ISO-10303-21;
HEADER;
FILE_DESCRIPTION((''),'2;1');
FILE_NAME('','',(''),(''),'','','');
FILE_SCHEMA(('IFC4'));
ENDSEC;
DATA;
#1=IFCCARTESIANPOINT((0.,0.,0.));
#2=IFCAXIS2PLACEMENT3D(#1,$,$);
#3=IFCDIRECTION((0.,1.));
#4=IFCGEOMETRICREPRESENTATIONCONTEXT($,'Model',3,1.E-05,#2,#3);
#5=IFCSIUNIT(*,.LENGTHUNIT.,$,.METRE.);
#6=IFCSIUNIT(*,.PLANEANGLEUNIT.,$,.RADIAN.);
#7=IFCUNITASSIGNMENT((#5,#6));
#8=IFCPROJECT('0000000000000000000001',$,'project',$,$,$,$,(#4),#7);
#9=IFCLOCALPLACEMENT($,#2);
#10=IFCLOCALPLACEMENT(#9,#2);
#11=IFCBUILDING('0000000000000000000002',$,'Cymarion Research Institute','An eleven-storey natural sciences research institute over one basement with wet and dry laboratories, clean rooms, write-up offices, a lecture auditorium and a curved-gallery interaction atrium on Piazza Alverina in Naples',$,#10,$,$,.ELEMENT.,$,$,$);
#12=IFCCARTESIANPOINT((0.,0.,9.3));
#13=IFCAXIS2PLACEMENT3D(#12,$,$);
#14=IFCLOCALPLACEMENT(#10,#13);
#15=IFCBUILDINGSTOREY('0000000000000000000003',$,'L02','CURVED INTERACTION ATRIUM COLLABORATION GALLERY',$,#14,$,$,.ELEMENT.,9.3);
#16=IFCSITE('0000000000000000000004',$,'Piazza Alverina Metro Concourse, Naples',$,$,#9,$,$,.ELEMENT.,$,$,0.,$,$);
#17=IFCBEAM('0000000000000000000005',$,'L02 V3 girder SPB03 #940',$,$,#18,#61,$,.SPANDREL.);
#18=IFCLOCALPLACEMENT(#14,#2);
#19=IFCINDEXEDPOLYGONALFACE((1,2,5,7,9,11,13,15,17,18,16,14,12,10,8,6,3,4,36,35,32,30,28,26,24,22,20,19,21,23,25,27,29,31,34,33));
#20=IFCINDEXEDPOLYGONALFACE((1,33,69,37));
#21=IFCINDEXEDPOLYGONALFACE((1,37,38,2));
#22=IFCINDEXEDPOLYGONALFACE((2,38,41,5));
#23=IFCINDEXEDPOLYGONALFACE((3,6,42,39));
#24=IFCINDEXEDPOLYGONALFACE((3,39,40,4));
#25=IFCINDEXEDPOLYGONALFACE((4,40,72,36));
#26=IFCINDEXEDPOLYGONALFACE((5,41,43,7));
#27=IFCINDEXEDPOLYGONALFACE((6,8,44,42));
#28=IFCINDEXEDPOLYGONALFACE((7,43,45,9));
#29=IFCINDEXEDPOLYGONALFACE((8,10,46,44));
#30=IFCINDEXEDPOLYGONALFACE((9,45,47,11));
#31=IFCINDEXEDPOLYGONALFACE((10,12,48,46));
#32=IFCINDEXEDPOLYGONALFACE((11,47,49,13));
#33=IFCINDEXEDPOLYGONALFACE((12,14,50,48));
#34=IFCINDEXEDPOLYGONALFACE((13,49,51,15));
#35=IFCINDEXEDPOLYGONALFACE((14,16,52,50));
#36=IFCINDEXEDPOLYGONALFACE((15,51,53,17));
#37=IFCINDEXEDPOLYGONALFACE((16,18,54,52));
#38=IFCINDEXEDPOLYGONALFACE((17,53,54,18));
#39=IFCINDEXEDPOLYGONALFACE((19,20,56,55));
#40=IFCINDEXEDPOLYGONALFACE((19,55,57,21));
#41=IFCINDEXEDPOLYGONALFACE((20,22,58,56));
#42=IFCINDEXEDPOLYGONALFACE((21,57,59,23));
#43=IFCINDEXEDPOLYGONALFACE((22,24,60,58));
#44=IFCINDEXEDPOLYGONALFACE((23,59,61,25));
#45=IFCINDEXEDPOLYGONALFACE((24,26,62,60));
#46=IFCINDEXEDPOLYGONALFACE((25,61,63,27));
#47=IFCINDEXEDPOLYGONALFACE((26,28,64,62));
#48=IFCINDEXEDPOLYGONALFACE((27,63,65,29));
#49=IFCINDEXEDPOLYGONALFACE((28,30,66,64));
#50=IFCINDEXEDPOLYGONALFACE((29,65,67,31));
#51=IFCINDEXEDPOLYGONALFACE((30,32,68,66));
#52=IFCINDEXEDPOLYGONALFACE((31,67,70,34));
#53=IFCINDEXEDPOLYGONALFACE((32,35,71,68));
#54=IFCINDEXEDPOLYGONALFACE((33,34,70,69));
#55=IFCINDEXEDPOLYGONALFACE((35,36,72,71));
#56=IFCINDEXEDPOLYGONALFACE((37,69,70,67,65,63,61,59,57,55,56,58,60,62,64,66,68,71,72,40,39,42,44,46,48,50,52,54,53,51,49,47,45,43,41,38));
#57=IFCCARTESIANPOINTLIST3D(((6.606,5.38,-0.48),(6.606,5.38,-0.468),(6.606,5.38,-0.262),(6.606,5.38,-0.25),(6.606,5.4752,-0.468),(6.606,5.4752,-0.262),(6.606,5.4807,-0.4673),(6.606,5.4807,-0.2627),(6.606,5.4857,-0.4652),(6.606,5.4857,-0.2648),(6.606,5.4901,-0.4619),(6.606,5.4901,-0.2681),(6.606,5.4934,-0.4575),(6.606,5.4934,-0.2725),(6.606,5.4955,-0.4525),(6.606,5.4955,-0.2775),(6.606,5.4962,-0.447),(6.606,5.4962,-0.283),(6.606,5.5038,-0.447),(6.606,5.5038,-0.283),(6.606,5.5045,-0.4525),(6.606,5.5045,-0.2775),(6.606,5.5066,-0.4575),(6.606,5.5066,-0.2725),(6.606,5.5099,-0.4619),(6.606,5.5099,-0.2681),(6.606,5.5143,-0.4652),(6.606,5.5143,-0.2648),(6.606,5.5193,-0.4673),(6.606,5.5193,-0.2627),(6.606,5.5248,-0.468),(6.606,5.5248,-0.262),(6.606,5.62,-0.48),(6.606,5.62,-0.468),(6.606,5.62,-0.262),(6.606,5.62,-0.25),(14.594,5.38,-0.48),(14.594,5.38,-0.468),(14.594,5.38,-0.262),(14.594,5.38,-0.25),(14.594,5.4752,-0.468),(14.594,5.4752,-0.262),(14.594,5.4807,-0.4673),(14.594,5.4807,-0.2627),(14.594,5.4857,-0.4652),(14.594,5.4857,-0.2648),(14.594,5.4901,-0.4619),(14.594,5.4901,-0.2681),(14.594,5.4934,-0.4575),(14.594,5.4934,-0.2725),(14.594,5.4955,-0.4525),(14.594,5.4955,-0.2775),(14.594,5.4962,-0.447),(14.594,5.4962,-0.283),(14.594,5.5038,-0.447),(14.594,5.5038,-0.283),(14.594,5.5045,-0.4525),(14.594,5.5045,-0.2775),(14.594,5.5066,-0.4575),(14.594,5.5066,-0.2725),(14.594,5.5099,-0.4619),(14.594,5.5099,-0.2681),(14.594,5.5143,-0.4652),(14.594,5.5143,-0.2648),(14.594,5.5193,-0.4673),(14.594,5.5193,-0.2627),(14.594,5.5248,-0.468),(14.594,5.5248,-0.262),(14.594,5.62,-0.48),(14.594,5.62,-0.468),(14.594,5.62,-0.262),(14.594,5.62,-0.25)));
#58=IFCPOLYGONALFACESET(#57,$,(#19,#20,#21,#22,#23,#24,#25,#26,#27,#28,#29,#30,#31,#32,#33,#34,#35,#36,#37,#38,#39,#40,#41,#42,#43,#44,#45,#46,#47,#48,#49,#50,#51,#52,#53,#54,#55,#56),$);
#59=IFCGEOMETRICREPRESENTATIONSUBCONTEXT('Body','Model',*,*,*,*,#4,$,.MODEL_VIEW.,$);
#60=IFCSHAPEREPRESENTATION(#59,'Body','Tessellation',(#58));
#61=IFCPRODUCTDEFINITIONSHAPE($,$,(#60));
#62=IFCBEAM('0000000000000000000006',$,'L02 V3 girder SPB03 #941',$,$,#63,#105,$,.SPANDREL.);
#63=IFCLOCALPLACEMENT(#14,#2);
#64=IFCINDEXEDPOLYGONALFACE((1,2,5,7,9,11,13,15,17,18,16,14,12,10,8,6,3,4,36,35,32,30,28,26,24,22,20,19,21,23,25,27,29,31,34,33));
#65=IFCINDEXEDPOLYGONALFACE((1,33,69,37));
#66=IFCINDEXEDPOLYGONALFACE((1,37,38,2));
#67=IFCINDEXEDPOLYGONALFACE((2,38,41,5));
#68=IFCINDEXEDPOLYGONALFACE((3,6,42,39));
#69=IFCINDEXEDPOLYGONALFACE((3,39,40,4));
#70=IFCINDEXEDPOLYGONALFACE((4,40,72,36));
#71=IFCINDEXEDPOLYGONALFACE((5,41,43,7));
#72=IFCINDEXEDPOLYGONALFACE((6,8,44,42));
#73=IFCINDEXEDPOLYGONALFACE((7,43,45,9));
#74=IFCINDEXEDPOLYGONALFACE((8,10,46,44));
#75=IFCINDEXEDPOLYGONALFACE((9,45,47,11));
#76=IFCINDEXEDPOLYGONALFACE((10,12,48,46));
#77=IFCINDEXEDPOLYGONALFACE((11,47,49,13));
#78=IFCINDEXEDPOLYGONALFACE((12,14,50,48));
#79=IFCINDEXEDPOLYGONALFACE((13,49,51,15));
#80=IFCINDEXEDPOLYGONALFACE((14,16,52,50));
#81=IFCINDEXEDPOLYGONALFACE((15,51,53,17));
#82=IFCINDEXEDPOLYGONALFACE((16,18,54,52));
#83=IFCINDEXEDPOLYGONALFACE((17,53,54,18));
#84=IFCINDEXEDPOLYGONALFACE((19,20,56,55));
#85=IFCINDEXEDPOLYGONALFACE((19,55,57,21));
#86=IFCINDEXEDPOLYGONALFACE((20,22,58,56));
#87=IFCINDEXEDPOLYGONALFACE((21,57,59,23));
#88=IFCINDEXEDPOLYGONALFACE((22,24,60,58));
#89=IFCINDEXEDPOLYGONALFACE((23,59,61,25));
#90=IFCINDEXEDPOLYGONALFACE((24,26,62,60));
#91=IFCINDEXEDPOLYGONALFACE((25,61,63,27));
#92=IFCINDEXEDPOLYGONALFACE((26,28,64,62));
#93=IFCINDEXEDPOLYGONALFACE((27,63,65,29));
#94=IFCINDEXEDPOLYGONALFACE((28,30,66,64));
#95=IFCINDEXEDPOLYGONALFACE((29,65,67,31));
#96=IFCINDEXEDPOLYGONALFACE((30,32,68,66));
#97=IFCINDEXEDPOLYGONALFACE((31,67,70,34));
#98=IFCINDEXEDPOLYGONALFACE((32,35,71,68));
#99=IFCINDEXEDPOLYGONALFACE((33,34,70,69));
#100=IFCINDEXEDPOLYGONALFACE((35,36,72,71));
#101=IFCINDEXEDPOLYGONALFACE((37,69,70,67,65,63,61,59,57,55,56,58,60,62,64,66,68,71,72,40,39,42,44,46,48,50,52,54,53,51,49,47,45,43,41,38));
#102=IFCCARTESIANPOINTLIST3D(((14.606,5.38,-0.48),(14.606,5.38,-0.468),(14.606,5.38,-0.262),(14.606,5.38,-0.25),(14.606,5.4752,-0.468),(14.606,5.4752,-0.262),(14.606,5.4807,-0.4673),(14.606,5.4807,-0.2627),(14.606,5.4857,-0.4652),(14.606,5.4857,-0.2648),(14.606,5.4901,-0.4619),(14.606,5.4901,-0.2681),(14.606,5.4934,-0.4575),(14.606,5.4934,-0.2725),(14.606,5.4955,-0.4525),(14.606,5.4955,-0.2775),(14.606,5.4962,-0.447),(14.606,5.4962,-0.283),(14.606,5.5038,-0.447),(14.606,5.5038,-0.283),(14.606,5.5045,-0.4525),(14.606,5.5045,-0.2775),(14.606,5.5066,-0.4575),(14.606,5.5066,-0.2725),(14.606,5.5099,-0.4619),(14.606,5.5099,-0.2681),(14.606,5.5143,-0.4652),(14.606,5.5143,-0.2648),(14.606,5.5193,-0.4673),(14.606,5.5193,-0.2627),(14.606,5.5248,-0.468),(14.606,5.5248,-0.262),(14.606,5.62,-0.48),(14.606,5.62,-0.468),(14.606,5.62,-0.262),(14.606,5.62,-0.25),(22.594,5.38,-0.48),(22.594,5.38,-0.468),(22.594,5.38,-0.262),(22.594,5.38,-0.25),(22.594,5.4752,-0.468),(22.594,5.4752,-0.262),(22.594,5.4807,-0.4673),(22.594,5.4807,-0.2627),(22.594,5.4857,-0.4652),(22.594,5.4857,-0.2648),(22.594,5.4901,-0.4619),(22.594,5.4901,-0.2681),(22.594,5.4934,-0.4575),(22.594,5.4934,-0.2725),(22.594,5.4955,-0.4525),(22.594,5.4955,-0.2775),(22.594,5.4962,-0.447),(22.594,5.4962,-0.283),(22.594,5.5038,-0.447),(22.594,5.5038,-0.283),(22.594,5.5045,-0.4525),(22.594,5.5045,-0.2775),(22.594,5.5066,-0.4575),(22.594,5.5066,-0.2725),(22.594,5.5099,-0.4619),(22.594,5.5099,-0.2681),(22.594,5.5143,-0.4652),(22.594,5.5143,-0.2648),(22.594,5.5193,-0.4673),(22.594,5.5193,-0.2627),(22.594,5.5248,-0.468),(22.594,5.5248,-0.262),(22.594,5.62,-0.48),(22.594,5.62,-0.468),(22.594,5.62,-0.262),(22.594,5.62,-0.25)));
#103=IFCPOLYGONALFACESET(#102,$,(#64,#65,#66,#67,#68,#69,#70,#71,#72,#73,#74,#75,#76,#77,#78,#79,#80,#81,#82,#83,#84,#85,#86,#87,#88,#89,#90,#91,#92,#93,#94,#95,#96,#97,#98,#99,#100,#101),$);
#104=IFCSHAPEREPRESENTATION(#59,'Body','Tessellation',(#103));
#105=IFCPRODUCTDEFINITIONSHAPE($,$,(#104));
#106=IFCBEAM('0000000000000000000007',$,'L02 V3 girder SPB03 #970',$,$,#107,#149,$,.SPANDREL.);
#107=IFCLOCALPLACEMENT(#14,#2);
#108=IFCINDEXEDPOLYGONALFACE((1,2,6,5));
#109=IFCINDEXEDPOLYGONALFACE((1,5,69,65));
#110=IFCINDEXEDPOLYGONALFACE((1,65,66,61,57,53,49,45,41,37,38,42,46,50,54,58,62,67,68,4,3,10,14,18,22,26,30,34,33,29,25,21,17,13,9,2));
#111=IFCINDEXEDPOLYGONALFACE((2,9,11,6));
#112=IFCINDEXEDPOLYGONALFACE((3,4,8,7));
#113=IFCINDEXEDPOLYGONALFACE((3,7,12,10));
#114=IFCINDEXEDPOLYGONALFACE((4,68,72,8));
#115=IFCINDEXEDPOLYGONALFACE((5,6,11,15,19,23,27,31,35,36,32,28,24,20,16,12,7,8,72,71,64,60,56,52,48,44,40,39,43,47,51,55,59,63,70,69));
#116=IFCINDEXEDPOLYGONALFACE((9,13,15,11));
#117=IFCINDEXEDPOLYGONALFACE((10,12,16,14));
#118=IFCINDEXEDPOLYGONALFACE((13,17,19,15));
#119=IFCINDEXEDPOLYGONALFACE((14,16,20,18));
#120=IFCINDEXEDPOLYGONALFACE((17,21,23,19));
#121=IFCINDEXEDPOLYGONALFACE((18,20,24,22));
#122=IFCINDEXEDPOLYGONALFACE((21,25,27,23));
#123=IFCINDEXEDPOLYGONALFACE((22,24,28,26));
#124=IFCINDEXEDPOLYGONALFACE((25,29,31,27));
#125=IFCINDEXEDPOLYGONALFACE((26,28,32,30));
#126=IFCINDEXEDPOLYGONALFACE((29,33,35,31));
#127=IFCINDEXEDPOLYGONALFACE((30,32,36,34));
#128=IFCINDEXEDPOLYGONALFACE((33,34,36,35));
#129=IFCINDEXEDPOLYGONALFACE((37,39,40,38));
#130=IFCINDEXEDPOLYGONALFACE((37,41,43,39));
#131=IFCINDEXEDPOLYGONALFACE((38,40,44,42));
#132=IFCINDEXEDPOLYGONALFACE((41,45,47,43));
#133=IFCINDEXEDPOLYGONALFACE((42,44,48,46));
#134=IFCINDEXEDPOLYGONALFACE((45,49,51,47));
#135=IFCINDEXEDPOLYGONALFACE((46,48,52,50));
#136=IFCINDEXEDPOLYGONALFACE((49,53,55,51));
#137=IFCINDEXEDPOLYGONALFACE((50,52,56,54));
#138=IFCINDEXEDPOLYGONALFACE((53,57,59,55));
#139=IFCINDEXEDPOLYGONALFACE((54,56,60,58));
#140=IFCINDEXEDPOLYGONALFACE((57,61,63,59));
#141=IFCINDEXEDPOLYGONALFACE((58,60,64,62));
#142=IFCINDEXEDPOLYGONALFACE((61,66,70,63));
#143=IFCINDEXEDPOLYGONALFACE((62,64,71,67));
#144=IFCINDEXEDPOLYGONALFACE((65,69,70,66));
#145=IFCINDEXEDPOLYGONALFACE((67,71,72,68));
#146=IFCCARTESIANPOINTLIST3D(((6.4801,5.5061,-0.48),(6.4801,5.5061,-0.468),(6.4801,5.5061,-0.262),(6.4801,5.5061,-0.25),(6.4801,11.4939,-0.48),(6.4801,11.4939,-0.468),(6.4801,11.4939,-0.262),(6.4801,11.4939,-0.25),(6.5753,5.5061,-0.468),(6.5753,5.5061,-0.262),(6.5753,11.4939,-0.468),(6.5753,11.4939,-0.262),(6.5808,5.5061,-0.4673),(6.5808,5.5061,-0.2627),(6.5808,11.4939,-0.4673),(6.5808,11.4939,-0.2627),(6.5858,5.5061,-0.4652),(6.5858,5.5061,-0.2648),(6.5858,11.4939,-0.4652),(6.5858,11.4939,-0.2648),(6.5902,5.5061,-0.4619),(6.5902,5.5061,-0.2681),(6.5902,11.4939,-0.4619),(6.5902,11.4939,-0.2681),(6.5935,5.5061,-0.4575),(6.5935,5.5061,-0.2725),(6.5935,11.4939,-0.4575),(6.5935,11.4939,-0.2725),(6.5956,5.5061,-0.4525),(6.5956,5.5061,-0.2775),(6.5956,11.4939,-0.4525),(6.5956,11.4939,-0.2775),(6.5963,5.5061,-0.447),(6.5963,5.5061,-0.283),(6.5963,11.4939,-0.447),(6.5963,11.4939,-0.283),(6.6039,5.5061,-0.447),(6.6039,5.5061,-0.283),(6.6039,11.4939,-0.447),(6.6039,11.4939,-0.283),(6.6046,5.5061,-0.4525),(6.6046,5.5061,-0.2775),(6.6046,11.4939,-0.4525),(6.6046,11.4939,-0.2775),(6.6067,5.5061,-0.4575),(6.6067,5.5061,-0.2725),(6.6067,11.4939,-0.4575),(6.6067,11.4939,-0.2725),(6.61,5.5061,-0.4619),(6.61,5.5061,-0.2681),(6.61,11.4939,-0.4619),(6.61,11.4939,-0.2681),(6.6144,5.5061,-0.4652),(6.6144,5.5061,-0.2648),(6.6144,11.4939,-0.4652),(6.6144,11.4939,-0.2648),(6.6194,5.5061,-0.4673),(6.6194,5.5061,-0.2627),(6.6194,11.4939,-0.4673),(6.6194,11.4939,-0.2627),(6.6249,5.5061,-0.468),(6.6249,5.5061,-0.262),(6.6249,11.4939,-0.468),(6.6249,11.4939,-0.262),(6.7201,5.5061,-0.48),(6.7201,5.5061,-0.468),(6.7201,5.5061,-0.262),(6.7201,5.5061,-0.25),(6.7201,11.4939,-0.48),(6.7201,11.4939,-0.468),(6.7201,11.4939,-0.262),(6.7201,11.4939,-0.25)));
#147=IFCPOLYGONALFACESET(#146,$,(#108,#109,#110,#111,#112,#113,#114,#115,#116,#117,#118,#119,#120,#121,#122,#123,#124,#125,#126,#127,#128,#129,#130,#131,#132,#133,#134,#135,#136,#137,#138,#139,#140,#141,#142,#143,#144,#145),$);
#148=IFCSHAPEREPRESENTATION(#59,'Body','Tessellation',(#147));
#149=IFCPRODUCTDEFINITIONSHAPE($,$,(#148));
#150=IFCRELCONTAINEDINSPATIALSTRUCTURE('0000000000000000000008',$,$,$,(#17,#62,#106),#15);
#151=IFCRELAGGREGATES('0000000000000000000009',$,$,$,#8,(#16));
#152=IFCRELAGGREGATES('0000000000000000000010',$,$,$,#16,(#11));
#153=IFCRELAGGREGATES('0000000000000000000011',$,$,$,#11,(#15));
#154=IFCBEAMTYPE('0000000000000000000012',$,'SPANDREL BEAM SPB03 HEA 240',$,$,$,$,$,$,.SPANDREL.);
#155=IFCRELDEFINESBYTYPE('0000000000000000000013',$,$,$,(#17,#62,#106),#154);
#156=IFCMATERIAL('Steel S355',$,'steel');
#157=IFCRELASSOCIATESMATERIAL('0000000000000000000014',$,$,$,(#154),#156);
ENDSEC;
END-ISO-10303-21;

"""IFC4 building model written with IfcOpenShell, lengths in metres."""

from ifc_helpers import new_model, si_unit, direction, frame, origin, origin_2d, place, context, subcontext, project, spatial, i_section, extrude, material, material_profile, profile_set, type_object, element, save


model = new_model("IFC4")

# Units and contexts
model_context = context("Model", 3, precision=1e-05, world=origin(), true_north=direction((0.0, 1.0)))
body_context = subcontext(model_context, "Body", "Model", "MODEL_VIEW")
ifc_project = project(units=[si_unit("LENGTHUNIT", "METRE"), si_unit("PLANEANGLEUNIT", "RADIAN")], contexts=[model_context])

# Site, building, storey
site_placement = place(None, origin())
site = spatial("IfcSite", under=ifc_project, at=site_placement, Name="Piazza Alverina Metro Concourse, Naples", CompositionType="ELEMENT", RefElevation=0.0)
building_placement = place(site_placement, origin())
building = spatial("IfcBuilding", under=site, at=building_placement, Name="Cymarion Research Institute", Description="An eleven-storey natural sciences research institute over one basement with wet and dry laboratories, clean rooms, write-up offices, a lecture auditorium and a curved-gallery interaction atrium on Piazza Alverina in Naples", CompositionType="ELEMENT")
storey_placement = place(building_placement, frame((0.0, 0.0, 9.3)))
storey = spatial("IfcBuildingStorey", under=building, at=storey_placement, Name="L02", Description="CURVED INTERACTION ATRIUM COLLABORATION GALLERY", CompositionType="ELEMENT", Elevation=9.3)

# Shared definitions
ifc_material_1 = material(Name="Steel S355", Category="steel")

# Beams
ifc_material_profile_1 = material_profile(ifc_material_1, i_section(OverallWidth=0.24, OverallDepth=0.23, WebThickness=0.0076, FlangeThickness=0.012, FilletRadius=0.021, at=origin_2d()), Name="HEA 240")
ifc_profile_set_1 = profile_set([ifc_material_profile_1], Name="Steel S355")
beam_type_1 = type_object("IfcBeamType", Name="SPANDREL BEAM SPB03 HEA 240", PredefinedType="SPANDREL", material=ifc_profile_set_1)
for number, where, z_axis, x_axis, name in (
    (1, (6.606, 5.5, -0.365), (1.0, 0.0, 0.0), (0.0, 1.0, 0.0), "L02 V3 girder SPB03 #940"),
    (2, (14.606, 5.5, -0.365), (1.0, 0.0, 0.0), (0.0, 1.0, 0.0), "L02 V3 girder SPB03 #941"),
):
    element("IfcBeam", number, at=place(storey_placement, frame(where, z_axis=z_axis, x_axis=x_axis)), inside=storey, type_object=beam_type_1, Name=name, PredefinedType="SPANDREL", context=body_context, shape_type="SweptSolid", body=[
        extrude(i_section(OverallWidth=0.24, OverallDepth=0.23, WebThickness=0.0076, FlangeThickness=0.012, FilletRadius=0.021, at=origin_2d()), origin(), (0.0, 0.0, 1.0), 7.988),
    ])
beam_1_placement = place(storey_placement, frame((6.6001, 5.5061, -0.365), z_axis=(0.0, 1.0, 0.0), x_axis=(-1.0, 0.0, 0.0)))
element("IfcBeam", 3, at=beam_1_placement, inside=storey, type_object=beam_type_1, Name="L02 V3 girder SPB03 #970", PredefinedType="SPANDREL", context=body_context, shape_type="SweptSolid", body=[
    extrude(i_section(OverallWidth=0.24, OverallDepth=0.23, WebThickness=0.0076, FlangeThickness=0.012, FilletRadius=0.021, at=origin_2d()), origin(), (0.0, 0.0, 1.0), 5.9878),
])

save(model, "model.ifc")
